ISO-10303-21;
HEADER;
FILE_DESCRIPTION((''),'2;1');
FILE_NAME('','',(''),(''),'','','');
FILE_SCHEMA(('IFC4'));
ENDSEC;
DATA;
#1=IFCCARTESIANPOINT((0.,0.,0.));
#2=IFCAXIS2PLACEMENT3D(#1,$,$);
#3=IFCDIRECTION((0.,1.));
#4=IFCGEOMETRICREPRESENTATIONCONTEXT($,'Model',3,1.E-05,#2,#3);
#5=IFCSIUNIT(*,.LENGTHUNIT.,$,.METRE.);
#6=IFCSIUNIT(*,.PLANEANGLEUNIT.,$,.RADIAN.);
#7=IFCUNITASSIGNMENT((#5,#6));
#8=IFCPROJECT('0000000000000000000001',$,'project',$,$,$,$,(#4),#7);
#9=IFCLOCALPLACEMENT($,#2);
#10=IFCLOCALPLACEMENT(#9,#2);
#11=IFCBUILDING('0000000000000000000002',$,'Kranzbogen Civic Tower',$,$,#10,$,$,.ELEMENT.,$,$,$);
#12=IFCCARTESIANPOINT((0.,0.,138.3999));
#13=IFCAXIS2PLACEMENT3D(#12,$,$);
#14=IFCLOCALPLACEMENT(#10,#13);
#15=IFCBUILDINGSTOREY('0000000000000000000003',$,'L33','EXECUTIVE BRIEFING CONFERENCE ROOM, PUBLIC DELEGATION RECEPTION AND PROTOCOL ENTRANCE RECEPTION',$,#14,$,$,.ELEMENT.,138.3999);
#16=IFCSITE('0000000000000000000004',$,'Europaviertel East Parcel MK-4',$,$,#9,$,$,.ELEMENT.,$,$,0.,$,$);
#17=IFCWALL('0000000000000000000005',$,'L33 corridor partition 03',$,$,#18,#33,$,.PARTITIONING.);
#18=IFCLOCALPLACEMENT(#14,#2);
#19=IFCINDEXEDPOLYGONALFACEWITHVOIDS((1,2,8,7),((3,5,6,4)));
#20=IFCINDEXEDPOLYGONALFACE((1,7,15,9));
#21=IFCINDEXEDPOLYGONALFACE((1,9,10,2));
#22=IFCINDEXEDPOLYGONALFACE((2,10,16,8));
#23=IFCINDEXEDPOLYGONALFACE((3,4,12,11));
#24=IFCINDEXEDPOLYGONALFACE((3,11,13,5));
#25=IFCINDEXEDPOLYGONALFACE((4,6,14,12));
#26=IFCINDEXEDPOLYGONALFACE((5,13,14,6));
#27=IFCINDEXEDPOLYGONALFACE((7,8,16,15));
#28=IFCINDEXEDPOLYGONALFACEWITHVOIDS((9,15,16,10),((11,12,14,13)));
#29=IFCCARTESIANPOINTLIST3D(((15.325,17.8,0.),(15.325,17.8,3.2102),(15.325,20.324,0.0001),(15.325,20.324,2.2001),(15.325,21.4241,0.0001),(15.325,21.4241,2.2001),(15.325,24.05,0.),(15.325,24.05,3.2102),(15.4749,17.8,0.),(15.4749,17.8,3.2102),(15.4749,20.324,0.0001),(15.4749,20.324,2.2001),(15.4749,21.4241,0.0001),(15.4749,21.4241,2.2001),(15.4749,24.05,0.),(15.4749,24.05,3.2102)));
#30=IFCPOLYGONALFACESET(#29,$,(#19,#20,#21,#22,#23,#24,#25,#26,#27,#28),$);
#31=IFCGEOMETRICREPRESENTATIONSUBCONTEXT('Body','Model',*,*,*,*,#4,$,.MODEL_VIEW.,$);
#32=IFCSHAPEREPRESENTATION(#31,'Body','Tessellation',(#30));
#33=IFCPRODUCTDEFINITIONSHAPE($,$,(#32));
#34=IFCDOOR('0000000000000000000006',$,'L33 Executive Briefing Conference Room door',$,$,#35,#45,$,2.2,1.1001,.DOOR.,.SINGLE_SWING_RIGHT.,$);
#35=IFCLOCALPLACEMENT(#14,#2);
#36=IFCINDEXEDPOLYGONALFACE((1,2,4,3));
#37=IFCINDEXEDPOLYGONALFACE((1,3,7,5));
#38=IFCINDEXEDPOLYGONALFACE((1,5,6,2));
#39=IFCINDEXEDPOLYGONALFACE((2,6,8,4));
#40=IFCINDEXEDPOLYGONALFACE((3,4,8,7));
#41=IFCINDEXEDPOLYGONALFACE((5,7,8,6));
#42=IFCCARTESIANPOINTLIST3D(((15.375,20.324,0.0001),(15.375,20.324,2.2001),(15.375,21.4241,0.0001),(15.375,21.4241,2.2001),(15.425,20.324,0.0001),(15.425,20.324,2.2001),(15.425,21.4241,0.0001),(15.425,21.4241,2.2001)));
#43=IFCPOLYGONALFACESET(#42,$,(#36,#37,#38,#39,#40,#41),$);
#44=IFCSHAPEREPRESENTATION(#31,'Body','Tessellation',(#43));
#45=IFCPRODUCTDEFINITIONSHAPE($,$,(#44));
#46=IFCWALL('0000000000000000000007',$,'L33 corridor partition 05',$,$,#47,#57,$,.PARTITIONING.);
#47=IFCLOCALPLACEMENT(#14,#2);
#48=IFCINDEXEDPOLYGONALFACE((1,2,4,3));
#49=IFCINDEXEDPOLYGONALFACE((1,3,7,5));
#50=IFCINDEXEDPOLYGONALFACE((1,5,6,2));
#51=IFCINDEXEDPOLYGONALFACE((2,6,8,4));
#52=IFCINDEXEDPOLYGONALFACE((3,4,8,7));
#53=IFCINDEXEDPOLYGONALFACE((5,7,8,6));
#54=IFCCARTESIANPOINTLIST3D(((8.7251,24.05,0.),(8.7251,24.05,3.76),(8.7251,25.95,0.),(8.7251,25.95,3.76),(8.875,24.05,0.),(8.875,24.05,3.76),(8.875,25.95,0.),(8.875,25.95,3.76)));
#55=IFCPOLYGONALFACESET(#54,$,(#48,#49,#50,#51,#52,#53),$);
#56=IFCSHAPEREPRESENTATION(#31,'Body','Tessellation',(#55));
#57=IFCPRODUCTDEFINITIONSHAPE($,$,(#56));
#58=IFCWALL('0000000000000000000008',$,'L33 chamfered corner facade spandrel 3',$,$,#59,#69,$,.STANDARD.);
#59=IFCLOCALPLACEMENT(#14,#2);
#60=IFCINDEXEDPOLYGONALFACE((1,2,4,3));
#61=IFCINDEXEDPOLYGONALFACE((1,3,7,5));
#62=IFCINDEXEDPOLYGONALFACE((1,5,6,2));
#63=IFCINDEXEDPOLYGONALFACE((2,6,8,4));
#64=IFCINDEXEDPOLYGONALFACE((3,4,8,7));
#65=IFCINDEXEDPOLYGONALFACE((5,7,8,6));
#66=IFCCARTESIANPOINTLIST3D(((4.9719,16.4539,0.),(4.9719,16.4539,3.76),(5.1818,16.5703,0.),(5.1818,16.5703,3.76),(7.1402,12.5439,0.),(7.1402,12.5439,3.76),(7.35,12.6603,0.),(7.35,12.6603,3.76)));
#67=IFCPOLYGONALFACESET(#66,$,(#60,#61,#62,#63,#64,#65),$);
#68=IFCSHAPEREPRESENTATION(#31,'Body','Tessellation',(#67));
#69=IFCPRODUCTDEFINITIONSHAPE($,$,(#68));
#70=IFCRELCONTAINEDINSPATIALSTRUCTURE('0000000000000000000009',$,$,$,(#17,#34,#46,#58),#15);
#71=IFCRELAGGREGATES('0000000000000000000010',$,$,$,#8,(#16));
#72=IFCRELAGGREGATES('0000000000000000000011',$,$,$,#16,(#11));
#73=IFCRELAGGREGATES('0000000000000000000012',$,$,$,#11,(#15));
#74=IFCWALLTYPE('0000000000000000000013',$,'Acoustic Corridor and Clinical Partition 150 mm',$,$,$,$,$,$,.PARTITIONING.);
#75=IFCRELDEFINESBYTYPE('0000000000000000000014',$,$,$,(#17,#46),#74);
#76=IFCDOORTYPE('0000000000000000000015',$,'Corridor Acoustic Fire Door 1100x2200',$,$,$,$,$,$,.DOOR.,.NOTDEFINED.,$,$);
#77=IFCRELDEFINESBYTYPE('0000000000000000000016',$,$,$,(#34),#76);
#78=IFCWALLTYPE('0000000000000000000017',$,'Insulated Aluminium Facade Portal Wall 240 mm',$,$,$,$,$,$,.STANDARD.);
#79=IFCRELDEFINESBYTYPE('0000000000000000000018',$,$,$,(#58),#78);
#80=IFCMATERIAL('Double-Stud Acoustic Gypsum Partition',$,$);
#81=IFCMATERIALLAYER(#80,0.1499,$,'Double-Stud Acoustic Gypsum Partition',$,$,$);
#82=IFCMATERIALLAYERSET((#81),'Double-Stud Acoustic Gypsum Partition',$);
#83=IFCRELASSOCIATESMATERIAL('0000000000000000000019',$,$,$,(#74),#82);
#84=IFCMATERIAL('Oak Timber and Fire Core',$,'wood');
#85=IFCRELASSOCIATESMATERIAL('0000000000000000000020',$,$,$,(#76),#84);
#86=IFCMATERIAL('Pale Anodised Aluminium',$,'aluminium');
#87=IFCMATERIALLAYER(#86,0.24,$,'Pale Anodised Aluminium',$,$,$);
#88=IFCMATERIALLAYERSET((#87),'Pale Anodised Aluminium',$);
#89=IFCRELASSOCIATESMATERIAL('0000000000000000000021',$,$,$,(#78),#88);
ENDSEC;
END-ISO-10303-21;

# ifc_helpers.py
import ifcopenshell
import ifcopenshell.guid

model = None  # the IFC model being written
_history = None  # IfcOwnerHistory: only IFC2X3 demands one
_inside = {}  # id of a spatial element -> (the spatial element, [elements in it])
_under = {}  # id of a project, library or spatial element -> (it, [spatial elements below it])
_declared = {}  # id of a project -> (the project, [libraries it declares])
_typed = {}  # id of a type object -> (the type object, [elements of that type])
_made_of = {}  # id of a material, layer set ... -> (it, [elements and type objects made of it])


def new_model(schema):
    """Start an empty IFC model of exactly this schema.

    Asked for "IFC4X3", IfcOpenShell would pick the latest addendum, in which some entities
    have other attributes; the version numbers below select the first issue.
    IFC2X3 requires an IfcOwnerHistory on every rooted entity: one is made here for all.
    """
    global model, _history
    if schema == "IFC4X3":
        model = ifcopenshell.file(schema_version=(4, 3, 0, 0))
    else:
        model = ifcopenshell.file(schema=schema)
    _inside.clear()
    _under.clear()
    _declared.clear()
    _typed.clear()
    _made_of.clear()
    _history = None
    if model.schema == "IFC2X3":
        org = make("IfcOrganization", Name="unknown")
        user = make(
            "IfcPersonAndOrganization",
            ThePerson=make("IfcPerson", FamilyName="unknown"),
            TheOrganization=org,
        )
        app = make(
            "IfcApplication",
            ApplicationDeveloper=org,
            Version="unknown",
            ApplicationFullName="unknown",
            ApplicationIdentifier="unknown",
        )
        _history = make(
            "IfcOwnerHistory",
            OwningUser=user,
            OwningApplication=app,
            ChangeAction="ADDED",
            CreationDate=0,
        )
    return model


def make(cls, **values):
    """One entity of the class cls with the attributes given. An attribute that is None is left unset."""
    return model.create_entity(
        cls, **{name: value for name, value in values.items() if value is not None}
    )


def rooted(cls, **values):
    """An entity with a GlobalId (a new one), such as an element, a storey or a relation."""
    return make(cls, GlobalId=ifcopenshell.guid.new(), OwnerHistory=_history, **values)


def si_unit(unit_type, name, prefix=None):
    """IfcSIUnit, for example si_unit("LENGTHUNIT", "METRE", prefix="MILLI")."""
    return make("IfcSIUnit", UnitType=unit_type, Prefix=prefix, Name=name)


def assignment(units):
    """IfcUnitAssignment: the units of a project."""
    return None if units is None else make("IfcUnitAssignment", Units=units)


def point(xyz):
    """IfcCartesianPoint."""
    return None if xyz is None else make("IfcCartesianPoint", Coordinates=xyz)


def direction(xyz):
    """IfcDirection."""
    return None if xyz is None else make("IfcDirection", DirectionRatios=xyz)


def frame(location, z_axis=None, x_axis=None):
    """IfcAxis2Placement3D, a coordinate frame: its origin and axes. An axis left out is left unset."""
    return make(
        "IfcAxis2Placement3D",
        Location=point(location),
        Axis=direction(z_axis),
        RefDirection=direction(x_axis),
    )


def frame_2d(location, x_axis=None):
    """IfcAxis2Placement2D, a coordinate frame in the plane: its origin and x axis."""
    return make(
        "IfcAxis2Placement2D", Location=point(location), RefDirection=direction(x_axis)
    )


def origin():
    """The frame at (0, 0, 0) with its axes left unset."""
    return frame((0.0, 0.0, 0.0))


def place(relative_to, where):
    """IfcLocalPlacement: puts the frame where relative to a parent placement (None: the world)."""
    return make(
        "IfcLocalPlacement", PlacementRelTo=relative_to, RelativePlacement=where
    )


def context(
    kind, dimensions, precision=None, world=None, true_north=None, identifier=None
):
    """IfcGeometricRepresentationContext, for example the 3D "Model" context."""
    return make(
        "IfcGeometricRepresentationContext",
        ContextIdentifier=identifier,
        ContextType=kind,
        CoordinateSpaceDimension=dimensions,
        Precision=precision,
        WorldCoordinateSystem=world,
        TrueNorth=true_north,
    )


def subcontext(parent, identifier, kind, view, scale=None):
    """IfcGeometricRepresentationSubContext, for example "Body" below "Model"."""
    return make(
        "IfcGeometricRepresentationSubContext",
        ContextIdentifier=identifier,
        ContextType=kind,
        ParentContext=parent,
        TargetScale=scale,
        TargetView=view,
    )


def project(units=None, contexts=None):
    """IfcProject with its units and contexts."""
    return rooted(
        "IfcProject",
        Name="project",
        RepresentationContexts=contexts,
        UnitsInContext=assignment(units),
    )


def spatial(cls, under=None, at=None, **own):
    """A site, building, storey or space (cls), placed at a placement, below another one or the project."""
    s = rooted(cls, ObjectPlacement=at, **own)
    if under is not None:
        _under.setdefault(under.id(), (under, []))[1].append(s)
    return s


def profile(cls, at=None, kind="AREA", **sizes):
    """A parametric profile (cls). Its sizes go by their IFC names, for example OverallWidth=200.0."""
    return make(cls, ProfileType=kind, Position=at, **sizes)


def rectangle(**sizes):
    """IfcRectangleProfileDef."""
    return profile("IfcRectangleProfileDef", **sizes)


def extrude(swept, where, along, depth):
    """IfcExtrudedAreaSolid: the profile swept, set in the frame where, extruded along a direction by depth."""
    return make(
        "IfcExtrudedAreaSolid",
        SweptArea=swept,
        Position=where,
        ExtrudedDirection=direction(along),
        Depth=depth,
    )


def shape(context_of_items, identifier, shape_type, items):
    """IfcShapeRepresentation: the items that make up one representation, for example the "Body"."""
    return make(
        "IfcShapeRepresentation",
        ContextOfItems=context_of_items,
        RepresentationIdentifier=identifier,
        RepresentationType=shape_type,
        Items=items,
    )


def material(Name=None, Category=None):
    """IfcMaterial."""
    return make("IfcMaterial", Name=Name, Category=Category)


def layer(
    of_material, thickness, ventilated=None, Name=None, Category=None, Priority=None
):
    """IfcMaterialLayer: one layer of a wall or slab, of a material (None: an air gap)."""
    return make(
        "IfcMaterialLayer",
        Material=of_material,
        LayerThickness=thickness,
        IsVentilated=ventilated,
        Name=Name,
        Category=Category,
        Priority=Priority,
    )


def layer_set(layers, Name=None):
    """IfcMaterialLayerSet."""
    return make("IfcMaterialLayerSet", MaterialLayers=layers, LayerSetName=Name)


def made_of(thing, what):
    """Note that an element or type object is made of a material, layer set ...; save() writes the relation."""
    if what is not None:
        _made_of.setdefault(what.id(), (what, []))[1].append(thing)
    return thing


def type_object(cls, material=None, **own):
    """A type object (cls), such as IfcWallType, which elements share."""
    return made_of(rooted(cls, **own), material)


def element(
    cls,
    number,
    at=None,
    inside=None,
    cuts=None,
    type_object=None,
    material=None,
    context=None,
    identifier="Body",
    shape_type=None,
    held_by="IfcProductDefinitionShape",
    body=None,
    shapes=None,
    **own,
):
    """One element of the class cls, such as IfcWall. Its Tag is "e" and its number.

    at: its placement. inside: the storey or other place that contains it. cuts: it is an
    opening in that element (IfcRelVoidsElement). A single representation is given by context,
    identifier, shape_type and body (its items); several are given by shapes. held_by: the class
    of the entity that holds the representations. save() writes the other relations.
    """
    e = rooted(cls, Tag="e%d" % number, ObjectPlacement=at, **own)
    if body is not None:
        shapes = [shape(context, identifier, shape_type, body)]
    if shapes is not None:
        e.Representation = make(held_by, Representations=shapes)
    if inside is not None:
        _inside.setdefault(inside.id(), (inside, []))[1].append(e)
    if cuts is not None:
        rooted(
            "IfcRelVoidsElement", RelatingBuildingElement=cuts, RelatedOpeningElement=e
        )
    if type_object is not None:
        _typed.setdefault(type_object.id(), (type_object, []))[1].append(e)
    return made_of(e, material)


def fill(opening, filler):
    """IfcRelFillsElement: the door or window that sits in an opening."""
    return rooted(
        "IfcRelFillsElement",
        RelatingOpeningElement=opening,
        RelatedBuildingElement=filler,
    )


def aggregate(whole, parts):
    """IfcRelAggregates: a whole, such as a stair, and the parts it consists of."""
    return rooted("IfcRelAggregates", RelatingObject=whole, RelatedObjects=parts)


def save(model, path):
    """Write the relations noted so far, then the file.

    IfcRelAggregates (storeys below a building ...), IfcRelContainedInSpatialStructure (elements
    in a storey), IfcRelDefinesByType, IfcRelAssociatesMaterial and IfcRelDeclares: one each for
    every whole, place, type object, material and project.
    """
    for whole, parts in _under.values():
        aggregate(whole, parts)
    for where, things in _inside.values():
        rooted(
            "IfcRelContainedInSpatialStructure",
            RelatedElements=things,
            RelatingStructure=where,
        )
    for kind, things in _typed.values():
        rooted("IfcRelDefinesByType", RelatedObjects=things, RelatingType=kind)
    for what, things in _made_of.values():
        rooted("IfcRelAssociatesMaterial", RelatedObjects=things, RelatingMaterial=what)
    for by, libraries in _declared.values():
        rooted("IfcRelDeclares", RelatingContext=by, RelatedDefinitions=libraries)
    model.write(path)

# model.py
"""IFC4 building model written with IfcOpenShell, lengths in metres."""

from ifc_helpers import new_model, si_unit, direction, frame, frame_2d, origin, place, context, subcontext, project, spatial, rectangle, extrude, material, layer, layer_set, type_object, element, fill, save


model = new_model("IFC4")

# Units and contexts
model_context = context("Model", 3, precision=1e-05, world=origin(), true_north=direction((0.0, 1.0)))
body_context = subcontext(model_context, "Body", "Model", "MODEL_VIEW")
ifc_project = project(units=[si_unit("LENGTHUNIT", "METRE"), si_unit("PLANEANGLEUNIT", "RADIAN")], contexts=[model_context])

# Site, building, storey
site_placement = place(None, origin())
site = spatial("IfcSite", under=ifc_project, at=site_placement, Name="Europaviertel East Parcel MK-4", CompositionType="ELEMENT", RefElevation=0.0)
building_placement = place(site_placement, origin())
building = spatial("IfcBuilding", under=site, at=building_placement, Name="Kranzbogen Civic Tower", CompositionType="ELEMENT")
storey_placement = place(building_placement, frame((0.0, 0.0, 138.3999)))
storey = spatial("IfcBuildingStorey", under=building, at=storey_placement, Name="L33", Description="EXECUTIVE BRIEFING CONFERENCE ROOM, PUBLIC DELEGATION RECEPTION AND PROTOCOL ENTRANCE RECEPTION", CompositionType="ELEMENT", Elevation=138.3999)

# Shared definitions
ifc_material_1 = material(Name="Pale Anodised Aluminium", Category="aluminium")

# Shared definitions
ifc_material_2 = material(Name="Double-Stud Acoustic Gypsum Partition")
ifc_layer_1 = layer(ifc_material_2, 0.1499, Name="Double-Stud Acoustic Gypsum Partition")
ifc_layer_set_1 = layer_set([ifc_layer_1], Name="Double-Stud Acoustic Gypsum Partition")
wall_type_1 = type_object("IfcWallType", Name="Acoustic Corridor and Clinical Partition 150 mm", PredefinedType="PARTITIONING", material=ifc_layer_set_1)

# Wall, opening, door
wall_1_placement = place(storey_placement, frame((15.3999, 17.8, 0.0), z_axis=(0.0, 0.0, 1.0), x_axis=(0.0, 1.0, 0.0)))
wall_1 = element("IfcWall", 1, at=wall_1_placement, inside=storey, type_object=wall_type_1, Name="L33 corridor partition 03", PredefinedType="PARTITIONING", context=body_context, shape_type="SweptSolid", body=[
    extrude(rectangle(XDim=6.25, YDim=0.1499, at=frame_2d((3.125, 0.0))), origin(), (0.0, 0.0, 1.0), 3.2102),
])
opening_placement = place(wall_1_placement, frame((2.5239, 0.0, 0.0)))
opening = element("IfcOpeningElement", 2, at=opening_placement, cuts=wall_1, PredefinedType="OPENING", context=body_context, shape_type="SweptSolid", body=[
    extrude(rectangle(XDim=1.1001, YDim=2.2, at=frame_2d((0.55, 1.1001))), frame((0.0, 0.085, 0.0), z_axis=(0.0, -1.0, 0.0), x_axis=(1.0, 0.0, 0.0)), (0.0, 0.0, 1.0), 0.1699),
])
ifc_material_3 = material(Name="Oak Timber and Fire Core", Category="wood")
door_type = type_object("IfcDoorType", Name="Corridor Acoustic Fire Door 1100x2200", OperationType="NOTDEFINED", PredefinedType="DOOR", material=ifc_material_3)
door_placement = place(opening_placement, origin())
door = element("IfcDoor", 3, at=door_placement, inside=storey, type_object=door_type, Name="L33 Executive Briefing Conference Room door", OperationType="SINGLE_SWING_RIGHT", OverallHeight=2.2, OverallWidth=1.1001, PredefinedType="DOOR", context=body_context, shape_type="SweptSolid", body=[
    extrude(rectangle(XDim=1.1001, YDim=2.2, at=frame_2d((0.55, 1.1001))), frame((0.0, 0.0249, 0.0), z_axis=(0.0, -1.0, 0.0), x_axis=(1.0, 0.0, 0.0)), (0.0, 0.0, 1.0), 0.05),
])
fill(opening, door)

# Walls
wall_2_placement = place(storey_placement, frame((8.8, 24.05, 0.0), z_axis=(0.0, 0.0, 1.0), x_axis=(0.0, 1.0, 0.0)))
element("IfcWall", 4, at=wall_2_placement, inside=storey, type_object=wall_type_1, Name="L33 corridor partition 05", PredefinedType="PARTITIONING", context=body_context, shape_type="SweptSolid", body=[
    extrude(rectangle(XDim=1.8999, YDim=0.1499, at=frame_2d((0.95, 0.0))), origin(), (0.0, 0.0, 1.0), 3.76),
])
ifc_layer_2 = layer(ifc_material_1, 0.24, Name="Pale Anodised Aluminium")
ifc_layer_set_2 = layer_set([ifc_layer_2], Name="Pale Anodised Aluminium")
wall_type_2 = type_object("IfcWallType", Name="Insulated Aluminium Facade Portal Wall 240 mm", PredefinedType="STANDARD", material=ifc_layer_set_2)
wall_3_placement = place(storey_placement, frame((5.0769, 16.512, 0.0), z_axis=(0.0, 0.0, 1.0), x_axis=(0.484966, -0.874533, 0.0)))
element("IfcWall", 5, at=wall_3_placement, inside=storey, type_object=wall_type_2, Name="L33 chamfered corner facade spandrel 3", PredefinedType="STANDARD", context=body_context, shape_type="SweptSolid", body=[
    extrude(rectangle(XDim=4.4709, YDim=0.24, at=frame_2d((2.2354, 0.0))), origin(), (0.0, 0.0, 1.0), 3.76),
])

save(model, "model.ifc")
